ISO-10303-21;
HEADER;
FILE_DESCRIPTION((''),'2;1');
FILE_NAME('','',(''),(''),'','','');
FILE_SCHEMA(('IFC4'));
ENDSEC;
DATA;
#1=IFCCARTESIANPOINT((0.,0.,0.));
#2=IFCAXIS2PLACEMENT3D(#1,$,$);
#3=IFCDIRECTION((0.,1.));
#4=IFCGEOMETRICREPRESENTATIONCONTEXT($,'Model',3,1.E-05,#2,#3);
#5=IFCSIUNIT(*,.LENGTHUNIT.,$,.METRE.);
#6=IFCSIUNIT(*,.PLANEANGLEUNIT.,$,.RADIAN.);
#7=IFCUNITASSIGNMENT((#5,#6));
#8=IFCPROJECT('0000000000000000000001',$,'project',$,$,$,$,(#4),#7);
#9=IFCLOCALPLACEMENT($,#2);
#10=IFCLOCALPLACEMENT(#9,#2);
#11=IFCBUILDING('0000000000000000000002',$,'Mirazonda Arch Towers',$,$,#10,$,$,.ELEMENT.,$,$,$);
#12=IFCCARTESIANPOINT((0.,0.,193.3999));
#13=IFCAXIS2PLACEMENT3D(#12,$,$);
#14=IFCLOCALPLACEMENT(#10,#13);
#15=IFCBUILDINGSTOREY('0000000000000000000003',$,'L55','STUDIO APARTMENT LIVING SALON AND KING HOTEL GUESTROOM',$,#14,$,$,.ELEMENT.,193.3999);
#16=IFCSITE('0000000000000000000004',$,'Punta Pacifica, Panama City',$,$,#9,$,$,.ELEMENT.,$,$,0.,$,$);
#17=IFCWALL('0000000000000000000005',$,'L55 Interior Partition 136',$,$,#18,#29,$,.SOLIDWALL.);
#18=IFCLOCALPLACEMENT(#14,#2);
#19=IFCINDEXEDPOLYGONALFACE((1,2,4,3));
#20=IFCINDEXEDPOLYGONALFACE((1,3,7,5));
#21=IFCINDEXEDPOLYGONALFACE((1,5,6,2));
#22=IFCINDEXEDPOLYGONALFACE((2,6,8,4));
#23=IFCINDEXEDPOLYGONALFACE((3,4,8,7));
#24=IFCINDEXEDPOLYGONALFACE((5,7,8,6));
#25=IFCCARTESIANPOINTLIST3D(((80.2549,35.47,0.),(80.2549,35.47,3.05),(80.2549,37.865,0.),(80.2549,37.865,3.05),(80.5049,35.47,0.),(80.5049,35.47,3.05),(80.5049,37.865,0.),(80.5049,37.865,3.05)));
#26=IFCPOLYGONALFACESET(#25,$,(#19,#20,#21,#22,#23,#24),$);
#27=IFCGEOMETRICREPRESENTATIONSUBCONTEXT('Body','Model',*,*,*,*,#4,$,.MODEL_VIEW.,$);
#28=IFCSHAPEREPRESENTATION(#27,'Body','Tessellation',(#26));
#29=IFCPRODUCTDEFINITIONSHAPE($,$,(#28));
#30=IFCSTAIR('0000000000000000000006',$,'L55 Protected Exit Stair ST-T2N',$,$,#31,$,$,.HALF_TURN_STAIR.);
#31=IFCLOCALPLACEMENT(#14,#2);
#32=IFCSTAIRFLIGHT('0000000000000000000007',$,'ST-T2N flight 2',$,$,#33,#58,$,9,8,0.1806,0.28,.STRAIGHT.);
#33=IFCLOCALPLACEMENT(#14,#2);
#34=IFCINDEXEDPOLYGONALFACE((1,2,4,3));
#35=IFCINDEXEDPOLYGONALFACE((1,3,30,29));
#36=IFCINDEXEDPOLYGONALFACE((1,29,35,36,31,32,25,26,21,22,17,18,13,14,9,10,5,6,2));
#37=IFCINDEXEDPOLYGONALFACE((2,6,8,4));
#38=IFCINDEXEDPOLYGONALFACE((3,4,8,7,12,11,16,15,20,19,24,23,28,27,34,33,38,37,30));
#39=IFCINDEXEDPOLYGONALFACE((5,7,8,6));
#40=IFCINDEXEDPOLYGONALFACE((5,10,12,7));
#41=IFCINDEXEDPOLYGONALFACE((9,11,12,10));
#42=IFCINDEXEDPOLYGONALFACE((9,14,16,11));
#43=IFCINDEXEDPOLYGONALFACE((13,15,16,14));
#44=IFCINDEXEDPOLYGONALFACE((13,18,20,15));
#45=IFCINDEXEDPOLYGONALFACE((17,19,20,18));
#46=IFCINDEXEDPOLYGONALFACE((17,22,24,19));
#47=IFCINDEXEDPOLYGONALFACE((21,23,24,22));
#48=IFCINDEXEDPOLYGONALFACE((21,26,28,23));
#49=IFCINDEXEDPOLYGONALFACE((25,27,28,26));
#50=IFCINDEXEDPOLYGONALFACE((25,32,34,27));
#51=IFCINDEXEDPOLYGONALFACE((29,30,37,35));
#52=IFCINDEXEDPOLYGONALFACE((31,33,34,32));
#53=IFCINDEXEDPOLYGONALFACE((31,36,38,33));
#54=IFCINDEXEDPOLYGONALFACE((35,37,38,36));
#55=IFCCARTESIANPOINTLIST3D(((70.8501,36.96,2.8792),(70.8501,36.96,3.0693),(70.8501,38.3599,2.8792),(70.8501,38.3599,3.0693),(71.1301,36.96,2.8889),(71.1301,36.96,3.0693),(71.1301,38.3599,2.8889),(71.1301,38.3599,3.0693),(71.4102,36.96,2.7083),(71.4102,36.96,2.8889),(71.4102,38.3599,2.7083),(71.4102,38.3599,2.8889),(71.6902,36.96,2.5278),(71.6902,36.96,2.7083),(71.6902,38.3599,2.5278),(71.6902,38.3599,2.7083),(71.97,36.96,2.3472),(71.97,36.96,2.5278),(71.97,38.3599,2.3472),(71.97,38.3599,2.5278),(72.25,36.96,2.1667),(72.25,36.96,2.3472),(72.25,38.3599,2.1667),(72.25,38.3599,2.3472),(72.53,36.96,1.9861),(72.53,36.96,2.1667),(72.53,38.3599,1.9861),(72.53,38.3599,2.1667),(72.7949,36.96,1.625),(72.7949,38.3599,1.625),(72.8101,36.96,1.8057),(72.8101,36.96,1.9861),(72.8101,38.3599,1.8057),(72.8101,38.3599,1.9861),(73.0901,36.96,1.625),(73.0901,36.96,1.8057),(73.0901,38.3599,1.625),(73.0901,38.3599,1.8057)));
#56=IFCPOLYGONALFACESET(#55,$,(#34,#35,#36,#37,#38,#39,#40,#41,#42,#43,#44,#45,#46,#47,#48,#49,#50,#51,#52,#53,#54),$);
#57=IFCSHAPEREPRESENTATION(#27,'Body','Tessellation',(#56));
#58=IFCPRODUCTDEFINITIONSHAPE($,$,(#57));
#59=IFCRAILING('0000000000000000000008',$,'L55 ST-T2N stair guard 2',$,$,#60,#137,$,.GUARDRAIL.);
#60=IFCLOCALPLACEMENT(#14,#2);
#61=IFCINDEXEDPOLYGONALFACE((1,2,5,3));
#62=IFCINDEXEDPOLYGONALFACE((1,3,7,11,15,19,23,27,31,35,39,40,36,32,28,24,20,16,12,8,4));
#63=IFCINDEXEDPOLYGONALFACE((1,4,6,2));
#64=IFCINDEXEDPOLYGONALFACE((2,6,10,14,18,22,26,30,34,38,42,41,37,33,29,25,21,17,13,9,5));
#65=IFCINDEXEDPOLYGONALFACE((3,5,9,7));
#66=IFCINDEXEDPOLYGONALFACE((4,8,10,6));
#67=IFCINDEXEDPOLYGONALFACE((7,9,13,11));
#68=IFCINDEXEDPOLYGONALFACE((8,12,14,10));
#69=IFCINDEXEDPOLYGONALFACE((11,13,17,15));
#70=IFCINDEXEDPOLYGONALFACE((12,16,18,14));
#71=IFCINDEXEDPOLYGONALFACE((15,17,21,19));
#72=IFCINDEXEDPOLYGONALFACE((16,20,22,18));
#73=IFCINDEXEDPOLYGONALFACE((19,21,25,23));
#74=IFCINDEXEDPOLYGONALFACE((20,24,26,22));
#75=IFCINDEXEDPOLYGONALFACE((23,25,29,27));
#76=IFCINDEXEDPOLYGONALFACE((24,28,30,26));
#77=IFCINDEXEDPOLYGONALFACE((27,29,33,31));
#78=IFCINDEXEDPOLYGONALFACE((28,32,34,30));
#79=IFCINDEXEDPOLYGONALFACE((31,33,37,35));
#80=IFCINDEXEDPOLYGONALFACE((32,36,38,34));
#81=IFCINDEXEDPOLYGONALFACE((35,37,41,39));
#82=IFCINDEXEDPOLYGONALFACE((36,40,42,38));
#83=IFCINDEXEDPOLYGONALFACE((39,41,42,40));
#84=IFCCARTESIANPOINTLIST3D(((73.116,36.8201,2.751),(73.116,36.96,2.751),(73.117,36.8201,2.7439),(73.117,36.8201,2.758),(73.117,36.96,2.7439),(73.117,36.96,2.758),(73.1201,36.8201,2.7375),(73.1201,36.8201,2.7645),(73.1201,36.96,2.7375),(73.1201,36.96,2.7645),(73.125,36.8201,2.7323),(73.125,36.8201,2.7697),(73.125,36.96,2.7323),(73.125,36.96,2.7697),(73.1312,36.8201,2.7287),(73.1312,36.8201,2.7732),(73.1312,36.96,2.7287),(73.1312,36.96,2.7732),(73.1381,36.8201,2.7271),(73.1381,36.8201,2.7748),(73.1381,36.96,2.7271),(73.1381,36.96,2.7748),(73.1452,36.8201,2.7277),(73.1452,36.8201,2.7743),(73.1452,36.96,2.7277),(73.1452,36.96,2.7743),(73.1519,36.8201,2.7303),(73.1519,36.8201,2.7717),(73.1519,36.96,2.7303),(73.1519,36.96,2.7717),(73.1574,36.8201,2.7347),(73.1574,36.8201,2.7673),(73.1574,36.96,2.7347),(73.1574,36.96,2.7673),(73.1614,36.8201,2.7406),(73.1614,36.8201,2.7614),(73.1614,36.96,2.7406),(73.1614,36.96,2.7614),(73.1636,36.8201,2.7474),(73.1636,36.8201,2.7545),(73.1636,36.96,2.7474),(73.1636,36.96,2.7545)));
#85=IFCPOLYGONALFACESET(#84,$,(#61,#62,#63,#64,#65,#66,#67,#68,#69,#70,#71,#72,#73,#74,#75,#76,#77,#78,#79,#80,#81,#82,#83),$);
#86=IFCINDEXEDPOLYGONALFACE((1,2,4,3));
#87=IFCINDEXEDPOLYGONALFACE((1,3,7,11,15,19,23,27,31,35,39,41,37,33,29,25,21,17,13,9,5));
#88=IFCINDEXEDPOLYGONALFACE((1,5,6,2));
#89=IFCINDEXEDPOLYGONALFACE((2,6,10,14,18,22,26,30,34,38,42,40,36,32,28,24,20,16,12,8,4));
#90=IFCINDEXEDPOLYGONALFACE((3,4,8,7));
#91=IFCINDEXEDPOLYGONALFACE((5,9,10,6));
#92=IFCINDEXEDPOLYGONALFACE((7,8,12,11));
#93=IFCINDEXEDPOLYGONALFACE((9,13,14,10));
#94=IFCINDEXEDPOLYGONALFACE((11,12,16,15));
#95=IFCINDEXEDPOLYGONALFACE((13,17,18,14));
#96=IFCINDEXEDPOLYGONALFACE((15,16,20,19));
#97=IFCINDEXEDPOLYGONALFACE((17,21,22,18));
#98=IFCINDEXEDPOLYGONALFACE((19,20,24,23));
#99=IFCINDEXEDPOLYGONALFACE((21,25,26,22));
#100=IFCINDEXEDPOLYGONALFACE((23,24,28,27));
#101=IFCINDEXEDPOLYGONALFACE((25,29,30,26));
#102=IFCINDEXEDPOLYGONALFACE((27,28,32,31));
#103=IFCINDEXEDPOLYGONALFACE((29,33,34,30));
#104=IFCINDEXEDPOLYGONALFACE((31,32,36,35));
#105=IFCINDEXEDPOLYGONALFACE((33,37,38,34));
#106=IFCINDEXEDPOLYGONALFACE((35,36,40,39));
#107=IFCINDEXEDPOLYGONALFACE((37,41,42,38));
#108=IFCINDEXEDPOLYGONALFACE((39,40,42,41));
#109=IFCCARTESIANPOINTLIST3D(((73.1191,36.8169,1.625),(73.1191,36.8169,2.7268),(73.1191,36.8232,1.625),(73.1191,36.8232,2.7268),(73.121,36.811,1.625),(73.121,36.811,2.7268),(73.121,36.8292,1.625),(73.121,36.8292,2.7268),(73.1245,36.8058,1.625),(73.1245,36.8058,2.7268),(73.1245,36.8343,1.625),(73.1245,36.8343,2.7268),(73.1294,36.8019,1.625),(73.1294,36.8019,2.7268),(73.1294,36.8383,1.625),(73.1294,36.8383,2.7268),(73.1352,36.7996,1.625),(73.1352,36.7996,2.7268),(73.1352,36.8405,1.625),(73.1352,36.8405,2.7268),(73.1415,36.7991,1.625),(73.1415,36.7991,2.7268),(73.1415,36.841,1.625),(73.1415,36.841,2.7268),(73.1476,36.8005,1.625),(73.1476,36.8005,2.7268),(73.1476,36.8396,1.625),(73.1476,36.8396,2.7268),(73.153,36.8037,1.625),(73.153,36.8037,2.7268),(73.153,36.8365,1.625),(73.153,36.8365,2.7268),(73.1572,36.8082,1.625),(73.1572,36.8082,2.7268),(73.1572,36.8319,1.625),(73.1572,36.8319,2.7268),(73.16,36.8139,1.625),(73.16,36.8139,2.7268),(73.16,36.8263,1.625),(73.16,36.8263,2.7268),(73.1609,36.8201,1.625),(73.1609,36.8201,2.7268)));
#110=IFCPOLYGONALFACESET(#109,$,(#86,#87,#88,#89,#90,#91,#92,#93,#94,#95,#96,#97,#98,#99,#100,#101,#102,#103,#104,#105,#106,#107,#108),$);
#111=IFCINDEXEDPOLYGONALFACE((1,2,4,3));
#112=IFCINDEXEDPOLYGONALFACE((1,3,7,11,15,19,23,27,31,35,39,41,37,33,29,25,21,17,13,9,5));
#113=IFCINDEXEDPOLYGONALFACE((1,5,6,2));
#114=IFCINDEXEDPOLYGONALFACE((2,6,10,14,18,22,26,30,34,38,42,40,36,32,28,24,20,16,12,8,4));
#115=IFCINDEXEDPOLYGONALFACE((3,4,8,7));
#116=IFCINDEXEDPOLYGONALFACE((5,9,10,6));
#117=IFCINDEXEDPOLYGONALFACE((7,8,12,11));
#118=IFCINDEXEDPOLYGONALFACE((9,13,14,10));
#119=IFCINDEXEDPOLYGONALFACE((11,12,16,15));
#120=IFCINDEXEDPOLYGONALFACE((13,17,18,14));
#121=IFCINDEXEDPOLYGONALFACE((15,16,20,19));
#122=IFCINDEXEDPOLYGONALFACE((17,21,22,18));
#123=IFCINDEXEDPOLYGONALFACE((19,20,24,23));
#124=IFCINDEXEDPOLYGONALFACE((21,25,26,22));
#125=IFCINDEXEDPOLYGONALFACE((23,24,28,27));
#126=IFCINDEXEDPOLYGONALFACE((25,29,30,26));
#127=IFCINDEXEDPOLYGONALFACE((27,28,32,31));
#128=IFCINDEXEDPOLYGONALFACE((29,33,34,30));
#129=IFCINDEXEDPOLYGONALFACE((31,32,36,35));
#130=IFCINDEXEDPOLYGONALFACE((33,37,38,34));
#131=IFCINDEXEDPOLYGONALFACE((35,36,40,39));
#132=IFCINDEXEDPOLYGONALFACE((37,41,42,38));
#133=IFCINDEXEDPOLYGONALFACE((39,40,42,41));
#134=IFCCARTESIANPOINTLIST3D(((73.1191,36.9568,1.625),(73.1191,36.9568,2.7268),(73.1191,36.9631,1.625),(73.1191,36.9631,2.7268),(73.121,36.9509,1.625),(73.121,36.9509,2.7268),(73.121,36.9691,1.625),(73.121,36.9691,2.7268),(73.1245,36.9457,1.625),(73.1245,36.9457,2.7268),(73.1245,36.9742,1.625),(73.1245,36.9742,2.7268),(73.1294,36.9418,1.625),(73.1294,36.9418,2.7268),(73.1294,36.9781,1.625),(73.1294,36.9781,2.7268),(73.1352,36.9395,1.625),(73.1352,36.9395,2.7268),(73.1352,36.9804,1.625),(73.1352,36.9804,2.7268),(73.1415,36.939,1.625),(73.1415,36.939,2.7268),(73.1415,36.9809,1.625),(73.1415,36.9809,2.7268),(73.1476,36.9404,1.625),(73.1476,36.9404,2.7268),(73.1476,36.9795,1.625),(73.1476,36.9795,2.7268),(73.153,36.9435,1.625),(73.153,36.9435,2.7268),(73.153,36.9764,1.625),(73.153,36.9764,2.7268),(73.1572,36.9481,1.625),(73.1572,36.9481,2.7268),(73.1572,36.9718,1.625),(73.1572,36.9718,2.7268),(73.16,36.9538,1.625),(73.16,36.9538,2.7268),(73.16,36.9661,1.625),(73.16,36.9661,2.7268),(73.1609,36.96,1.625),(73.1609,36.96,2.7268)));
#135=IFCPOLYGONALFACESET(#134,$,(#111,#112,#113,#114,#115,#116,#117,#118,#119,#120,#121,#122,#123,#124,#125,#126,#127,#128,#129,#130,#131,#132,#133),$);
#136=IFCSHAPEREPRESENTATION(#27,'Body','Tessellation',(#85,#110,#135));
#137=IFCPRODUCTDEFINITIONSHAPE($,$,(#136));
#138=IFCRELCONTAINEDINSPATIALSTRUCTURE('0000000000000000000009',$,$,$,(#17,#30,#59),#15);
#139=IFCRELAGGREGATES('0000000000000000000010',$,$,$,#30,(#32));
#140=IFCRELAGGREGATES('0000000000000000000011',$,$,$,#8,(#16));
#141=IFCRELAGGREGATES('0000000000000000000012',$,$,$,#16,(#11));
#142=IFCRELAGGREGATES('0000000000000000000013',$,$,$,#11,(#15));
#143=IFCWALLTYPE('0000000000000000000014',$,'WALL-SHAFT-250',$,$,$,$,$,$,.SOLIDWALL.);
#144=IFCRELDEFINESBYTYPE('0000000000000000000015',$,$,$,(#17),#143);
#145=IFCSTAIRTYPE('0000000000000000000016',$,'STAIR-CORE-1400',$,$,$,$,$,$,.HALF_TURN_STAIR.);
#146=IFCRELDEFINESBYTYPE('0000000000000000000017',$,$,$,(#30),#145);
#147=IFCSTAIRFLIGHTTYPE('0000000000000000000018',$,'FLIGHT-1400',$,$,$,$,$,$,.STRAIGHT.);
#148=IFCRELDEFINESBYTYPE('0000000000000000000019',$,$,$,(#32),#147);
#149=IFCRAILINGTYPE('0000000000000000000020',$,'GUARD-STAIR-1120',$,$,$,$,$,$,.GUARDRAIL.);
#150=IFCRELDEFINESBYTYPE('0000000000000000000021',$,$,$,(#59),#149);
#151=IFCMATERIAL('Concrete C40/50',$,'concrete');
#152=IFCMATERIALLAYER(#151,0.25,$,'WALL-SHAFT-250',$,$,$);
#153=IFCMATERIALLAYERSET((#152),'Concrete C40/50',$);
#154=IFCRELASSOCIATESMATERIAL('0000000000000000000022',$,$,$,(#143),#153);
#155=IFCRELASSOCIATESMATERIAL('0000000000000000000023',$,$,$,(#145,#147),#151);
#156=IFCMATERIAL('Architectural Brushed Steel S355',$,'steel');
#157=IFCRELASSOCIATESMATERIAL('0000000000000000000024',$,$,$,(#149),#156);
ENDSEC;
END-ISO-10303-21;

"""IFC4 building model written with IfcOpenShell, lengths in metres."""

from ifc_helpers import new_model, si_unit, direction, frame, frame_2d, origin, origin_2d, place, context, subcontext, project, spatial, polyline, rectangle, circle, outline, extrude, material, layer, layer_set, type_object, element, aggregate, save


model = new_model("IFC4")

# Units and contexts
model_context = context("Model", 3, precision=1e-05, world=origin(), true_north=direction((0.0, 1.0)))
body_context = subcontext(model_context, "Body", "Model", "MODEL_VIEW")
ifc_project = project(units=[si_unit("LENGTHUNIT", "METRE"), si_unit("PLANEANGLEUNIT", "RADIAN")], contexts=[model_context])

# Site, building, storey
site_placement = place(None, origin())
site = spatial("IfcSite", under=ifc_project, at=site_placement, Name="Punta Pacifica, Panama City", CompositionType="ELEMENT", RefElevation=0.0)
building_placement = place(site_placement, origin())
building = spatial("IfcBuilding", under=site, at=building_placement, Name="Mirazonda Arch Towers", CompositionType="ELEMENT")
storey_placement = place(building_placement, frame((0.0, 0.0, 193.3999)))
storey = spatial("IfcBuildingStorey", under=building, at=storey_placement, Name="L55", Description="STUDIO APARTMENT LIVING SALON AND KING HOTEL GUESTROOM", CompositionType="ELEMENT", Elevation=193.3999)

# Shared definitions
ifc_material_1 = material(Name="Concrete C40/50", Category="concrete")

# Shared definitions
ifc_material_2 = material(Name="Architectural Brushed Steel S355", Category="steel")

# Wall
ifc_layer_1 = layer(ifc_material_1, 0.25, Name="WALL-SHAFT-250")
ifc_layer_set_1 = layer_set([ifc_layer_1], Name="Concrete C40/50")
wall_type_1 = type_object("IfcWallType", Name="WALL-SHAFT-250", PredefinedType="SOLIDWALL", material=ifc_layer_set_1)
wall_1_placement = place(storey_placement, frame((80.3799, 35.47, 0.0), z_axis=(0.0, 0.0, 1.0), x_axis=(0.0, 1.0, 0.0)))
element("IfcWall", 1, at=wall_1_placement, inside=storey, type_object=wall_type_1, Name="L55 Interior Partition 136", PredefinedType="SOLIDWALL", context=body_context, shape_type="SweptSolid", body=[
    extrude(rectangle(XDim=2.395, YDim=0.25, at=frame_2d((1.1975, 0.0))), origin(), (0.0, 0.0, 1.0), 3.05),
])

# Stair, stair flight
stair_type = type_object("IfcStairType", Name="STAIR-CORE-1400", PredefinedType="HALF_TURN_STAIR", material=ifc_material_1)
stair_placement = place(storey_placement, origin())
stair = element("IfcStair", 2, at=stair_placement, inside=storey, type_object=stair_type, Name="L55 Protected Exit Stair ST-T2N", PredefinedType="HALF_TURN_STAIR")
stair_flight_type = type_object("IfcStairFlightType", Name="FLIGHT-1400", PredefinedType="STRAIGHT", material=ifc_material_1)
stair_flight_placement = place(storey_placement, frame((73.0901, 37.6599, 1.625), z_axis=(0.0, 0.0, 1.0), x_axis=(-1.0, 0.0, 0.0)))
stair_flight = element("IfcStairFlight", 3, at=stair_flight_placement, type_object=stair_flight_type, Name="ST-T2N flight 2", NumberOfRisers=9, NumberOfTreads=8, PredefinedType="STRAIGHT", RiserHeight=0.1806, TreadLength=0.28, context=body_context, shape_type="SweptSolid", body=[
    extrude(outline(polyline([(0.0, 0.0), (0.0, 0.1807), (0.28, 0.1807), (0.28, 0.3611), (0.5601, 0.3611), (0.5601, 0.5417), (0.8401, 0.5417), (0.8401, 0.7222), (1.1201, 0.7222), (1.1201, 0.9028), (1.3999, 0.9028), (1.3999, 1.0833), (1.6799, 1.0833), (1.6799, 1.2639), (1.96, 1.2639), (1.96, 1.4443), (2.24, 1.4443), (2.24, 1.625), (2.24, 1.2542), (0.2952, 0.0), (0.0, 0.0)])), frame((0.0, 0.7, 0.0), z_axis=(0.0, -1.0, 0.0), x_axis=(1.0, 0.0, 0.0)), (0.0, 0.0, 1.0), 1.3999),
])
aggregate(stair, [stair_flight])

# Railing
railing_type_1 = type_object("IfcRailingType", Name="GUARD-STAIR-1120", PredefinedType="GUARDRAIL", material=ifc_material_2)
railing_1_placement = place(storey_placement, frame((73.1399, 36.8201, 1.625)))
element("IfcRailing", 4, at=railing_1_placement, inside=storey, type_object=railing_type_1, Name="L55 ST-T2N stair guard 2", PredefinedType="GUARDRAIL", context=body_context, shape_type="SweptSolid", body=[
    extrude(circle(Radius=0.0239, at=origin_2d()), frame((0.0, 0.0, 1.126), z_axis=(0.0, 1.0, 0.0), x_axis=(-1.0, 0.0, 0.0)), (0.0, 0.0, 1.0), 0.1399),
    extrude(circle(Radius=0.021, at=origin_2d()), origin(), (0.0, 0.0, 1.0), 1.1018),
    extrude(circle(Radius=0.021, at=origin_2d()), frame((0.0, 0.1399, 0.0)), (0.0, 0.0, 1.0), 1.1018),
])

save(model, "model.ifc")
